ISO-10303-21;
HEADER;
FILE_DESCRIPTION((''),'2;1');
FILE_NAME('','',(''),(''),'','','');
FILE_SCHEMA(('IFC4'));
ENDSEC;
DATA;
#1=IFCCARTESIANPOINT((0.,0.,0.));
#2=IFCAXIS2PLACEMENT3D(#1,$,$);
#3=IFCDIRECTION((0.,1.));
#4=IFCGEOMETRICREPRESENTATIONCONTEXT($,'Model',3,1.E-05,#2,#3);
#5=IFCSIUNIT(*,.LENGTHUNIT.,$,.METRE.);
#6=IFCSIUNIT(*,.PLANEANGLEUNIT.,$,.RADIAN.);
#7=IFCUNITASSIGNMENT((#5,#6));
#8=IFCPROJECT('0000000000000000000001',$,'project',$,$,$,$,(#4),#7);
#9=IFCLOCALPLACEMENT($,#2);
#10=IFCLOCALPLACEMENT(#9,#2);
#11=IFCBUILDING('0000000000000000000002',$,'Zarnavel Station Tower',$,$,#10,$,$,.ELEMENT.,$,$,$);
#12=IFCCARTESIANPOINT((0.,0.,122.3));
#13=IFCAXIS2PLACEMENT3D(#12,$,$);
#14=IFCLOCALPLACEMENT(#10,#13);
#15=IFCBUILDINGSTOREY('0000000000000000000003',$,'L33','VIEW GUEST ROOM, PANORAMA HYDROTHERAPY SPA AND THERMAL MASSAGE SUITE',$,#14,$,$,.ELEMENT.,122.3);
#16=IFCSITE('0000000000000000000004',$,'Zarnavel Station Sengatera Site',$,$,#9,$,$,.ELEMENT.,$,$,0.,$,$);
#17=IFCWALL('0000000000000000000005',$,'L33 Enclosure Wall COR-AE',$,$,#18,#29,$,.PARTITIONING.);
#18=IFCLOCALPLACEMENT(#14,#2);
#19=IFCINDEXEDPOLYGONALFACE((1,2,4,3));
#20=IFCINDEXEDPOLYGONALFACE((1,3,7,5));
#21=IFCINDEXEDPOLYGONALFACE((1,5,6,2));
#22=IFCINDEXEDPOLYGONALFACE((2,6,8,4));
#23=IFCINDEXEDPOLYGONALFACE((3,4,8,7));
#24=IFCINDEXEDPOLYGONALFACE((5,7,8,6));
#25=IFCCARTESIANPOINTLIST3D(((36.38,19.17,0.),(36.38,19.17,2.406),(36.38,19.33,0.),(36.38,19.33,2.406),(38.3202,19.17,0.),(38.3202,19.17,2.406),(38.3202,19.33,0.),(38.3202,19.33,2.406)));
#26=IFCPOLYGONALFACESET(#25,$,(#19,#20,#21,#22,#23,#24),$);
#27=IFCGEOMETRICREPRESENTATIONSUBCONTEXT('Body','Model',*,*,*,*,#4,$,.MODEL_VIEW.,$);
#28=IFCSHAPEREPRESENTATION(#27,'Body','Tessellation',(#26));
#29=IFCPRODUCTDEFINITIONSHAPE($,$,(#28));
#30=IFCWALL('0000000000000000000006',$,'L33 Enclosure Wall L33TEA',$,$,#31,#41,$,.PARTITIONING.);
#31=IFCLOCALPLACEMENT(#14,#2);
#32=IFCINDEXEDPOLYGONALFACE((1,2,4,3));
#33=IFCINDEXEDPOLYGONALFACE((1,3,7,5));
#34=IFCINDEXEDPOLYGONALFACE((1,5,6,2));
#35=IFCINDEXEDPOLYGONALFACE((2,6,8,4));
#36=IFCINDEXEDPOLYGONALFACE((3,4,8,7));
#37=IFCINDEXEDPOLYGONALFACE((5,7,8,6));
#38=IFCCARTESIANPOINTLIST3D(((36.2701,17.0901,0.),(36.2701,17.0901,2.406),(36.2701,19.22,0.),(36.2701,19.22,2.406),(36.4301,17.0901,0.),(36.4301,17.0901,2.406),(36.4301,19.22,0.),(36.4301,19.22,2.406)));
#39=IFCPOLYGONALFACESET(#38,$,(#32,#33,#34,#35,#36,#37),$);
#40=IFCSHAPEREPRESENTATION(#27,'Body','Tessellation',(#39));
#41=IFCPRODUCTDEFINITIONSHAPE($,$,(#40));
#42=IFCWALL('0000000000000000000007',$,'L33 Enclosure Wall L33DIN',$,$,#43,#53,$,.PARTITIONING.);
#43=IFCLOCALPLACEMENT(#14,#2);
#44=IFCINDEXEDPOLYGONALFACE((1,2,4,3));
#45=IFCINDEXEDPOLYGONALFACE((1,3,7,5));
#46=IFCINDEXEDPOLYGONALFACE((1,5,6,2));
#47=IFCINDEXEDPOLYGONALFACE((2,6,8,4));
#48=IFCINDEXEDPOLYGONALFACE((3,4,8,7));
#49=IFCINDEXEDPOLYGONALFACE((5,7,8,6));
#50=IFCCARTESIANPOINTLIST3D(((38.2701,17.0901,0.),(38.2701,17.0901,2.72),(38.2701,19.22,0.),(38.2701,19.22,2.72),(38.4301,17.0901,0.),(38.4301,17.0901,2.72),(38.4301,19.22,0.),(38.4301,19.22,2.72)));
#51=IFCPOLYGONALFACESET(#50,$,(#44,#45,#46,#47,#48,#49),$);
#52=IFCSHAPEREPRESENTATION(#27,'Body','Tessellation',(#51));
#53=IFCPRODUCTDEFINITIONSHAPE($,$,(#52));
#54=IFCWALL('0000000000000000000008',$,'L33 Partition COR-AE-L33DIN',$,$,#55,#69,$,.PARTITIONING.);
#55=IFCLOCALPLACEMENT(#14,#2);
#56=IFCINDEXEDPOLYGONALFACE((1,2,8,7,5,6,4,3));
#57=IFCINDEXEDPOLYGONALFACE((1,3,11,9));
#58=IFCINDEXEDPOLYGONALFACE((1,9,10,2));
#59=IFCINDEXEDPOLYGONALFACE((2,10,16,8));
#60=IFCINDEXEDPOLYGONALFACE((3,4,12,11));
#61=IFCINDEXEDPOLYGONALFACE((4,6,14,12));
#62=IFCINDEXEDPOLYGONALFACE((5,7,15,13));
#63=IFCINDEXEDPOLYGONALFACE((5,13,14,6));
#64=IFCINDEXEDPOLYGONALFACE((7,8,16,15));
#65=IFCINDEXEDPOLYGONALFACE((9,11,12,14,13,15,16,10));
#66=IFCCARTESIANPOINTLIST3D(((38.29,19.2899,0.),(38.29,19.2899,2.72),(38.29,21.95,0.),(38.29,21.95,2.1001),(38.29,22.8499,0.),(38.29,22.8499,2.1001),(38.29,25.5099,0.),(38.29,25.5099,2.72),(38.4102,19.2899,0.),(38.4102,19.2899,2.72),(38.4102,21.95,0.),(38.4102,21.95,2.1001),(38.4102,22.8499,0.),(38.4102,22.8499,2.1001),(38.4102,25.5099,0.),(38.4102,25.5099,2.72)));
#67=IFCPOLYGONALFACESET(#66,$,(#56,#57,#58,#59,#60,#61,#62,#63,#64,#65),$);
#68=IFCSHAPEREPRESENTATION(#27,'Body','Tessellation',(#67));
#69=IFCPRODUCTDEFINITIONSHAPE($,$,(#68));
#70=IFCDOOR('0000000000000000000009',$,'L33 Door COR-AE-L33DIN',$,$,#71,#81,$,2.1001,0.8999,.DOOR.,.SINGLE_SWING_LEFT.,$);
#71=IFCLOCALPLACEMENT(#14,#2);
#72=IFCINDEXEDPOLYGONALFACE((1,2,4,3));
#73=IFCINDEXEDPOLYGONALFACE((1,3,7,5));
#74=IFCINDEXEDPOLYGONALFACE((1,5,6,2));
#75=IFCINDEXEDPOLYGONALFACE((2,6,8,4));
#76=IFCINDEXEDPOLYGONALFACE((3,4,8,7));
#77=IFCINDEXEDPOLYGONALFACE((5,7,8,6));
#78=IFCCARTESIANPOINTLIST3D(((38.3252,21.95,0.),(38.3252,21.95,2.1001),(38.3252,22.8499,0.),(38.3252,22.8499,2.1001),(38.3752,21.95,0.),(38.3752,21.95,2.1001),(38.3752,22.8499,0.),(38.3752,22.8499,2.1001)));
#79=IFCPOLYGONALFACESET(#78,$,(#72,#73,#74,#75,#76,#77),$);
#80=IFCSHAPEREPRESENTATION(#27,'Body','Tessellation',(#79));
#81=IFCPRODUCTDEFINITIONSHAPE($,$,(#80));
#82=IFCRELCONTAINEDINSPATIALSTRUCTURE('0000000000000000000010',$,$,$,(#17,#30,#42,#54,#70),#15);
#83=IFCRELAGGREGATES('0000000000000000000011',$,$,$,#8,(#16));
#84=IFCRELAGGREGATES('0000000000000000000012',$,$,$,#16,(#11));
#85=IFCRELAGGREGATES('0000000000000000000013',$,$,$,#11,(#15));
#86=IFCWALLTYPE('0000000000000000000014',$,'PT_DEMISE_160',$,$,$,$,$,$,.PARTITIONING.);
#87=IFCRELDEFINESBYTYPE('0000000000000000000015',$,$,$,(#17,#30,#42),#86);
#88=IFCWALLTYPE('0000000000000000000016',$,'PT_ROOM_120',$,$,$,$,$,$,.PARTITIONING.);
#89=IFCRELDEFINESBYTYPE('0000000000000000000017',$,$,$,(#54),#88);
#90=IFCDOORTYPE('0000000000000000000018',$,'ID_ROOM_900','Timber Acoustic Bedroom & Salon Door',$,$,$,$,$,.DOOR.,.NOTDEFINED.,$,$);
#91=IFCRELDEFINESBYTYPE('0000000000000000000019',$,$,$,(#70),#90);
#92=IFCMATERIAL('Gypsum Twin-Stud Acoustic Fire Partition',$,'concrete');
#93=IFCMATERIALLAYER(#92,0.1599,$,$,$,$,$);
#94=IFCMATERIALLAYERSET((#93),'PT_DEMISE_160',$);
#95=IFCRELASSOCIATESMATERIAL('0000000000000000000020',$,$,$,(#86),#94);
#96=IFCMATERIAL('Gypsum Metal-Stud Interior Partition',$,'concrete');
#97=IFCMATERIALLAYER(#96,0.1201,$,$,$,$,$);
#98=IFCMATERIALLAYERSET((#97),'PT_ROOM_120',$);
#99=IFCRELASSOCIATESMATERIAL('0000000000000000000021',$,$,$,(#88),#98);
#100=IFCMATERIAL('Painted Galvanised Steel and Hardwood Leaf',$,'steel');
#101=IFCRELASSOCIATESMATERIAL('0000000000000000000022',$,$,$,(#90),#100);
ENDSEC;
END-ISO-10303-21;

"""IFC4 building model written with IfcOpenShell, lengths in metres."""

from ifc_helpers import new_model, si_unit, direction, frame, frame_2d, origin, place, context, subcontext, project, spatial, rectangle, extrude, material, layer, layer_set, type_object, element, fill, save


model = new_model("IFC4")

# Units and contexts
model_context = context("Model", 3, precision=1e-05, world=origin(), true_north=direction((0.0, 1.0)))
body_context = subcontext(model_context, "Body", "Model", "MODEL_VIEW")
ifc_project = project(units=[si_unit("LENGTHUNIT", "METRE"), si_unit("PLANEANGLEUNIT", "RADIAN")], contexts=[model_context])

# Site, building, storey
site_placement = place(None, origin())
site = spatial("IfcSite", under=ifc_project, at=site_placement, Name="Zarnavel Station Sengatera Site", CompositionType="ELEMENT", RefElevation=0.0)
building_placement = place(site_placement, origin())
building = spatial("IfcBuilding", under=site, at=building_placement, Name="Zarnavel Station Tower", CompositionType="ELEMENT")
storey_placement = place(building_placement, frame((0.0, 0.0, 122.3)))
storey = spatial("IfcBuildingStorey", under=building, at=storey_placement, Name="L33", Description="VIEW GUEST ROOM, PANORAMA HYDROTHERAPY SPA AND THERMAL MASSAGE SUITE", CompositionType="ELEMENT", Elevation=122.3)

# Walls
ifc_material_1 = material(Name="Gypsum Twin-Stud Acoustic Fire Partition", Category="concrete")
ifc_layer_1 = layer(ifc_material_1, 0.1599)
ifc_layer_set_1 = layer_set([ifc_layer_1], Name="PT_DEMISE_160")
wall_type_1 = type_object("IfcWallType", Name="PT_DEMISE_160", PredefinedType="PARTITIONING", material=ifc_layer_set_1)
wall_1_placement = place(storey_placement, frame((36.3799, 19.25, 0.0), z_axis=(0.0, 0.0, 1.0), x_axis=(1.0, 0.0, 0.0)))
element("IfcWall", 1, at=wall_1_placement, inside=storey, type_object=wall_type_1, Name="L33 Enclosure Wall COR-AE", PredefinedType="PARTITIONING", context=body_context, shape_type="SweptSolid", body=[
    extrude(rectangle(XDim=1.9402, YDim=0.1599, at=frame_2d((0.9702, 0.0))), origin(), (0.0, 0.0, 1.0), 2.406),
])
wall_2_placement = place(storey_placement, frame((36.3501, 17.0901, 0.0), z_axis=(0.0, 0.0, 1.0), x_axis=(0.0, 1.0, 0.0)))
element("IfcWall", 2, at=wall_2_placement, inside=storey, type_object=wall_type_1, Name="L33 Enclosure Wall L33TEA", PredefinedType="PARTITIONING", context=body_context, shape_type="SweptSolid", body=[
    extrude(rectangle(XDim=2.1299, YDim=0.1599, at=frame_2d((1.0649, 0.0))), origin(), (0.0, 0.0, 1.0), 2.406),
])
wall_3_placement = place(storey_placement, frame((38.3501, 17.0901, 0.0), z_axis=(0.0, 0.0, 1.0), x_axis=(0.0, 1.0, 0.0)))
element("IfcWall", 3, at=wall_3_placement, inside=storey, type_object=wall_type_1, Name="L33 Enclosure Wall L33DIN", PredefinedType="PARTITIONING", context=body_context, shape_type="SweptSolid", body=[
    extrude(rectangle(XDim=2.1299, YDim=0.1599, at=frame_2d((1.0649, 0.0))), origin(), (0.0, 0.0, 1.0), 2.72),
])

# Wall, opening, door
ifc_material_2 = material(Name="Gypsum Metal-Stud Interior Partition", Category="concrete")
ifc_layer_2 = layer(ifc_material_2, 0.1201)
ifc_layer_set_2 = layer_set([ifc_layer_2], Name="PT_ROOM_120")
wall_type_2 = type_object("IfcWallType", Name="PT_ROOM_120", PredefinedType="PARTITIONING", material=ifc_layer_set_2)
wall_4_placement = place(storey_placement, frame((38.3501, 19.29, 0.0), z_axis=(0.0, 0.0, 1.0), x_axis=(0.0, 1.0, 0.0)))
wall_4 = element("IfcWall", 4, at=wall_4_placement, inside=storey, type_object=wall_type_2, Name="L33 Partition COR-AE-L33DIN", PredefinedType="PARTITIONING", context=body_context, shape_type="SweptSolid", body=[
    extrude(rectangle(XDim=6.22, YDim=0.1201, at=frame_2d((3.1099, 0.0))), origin(), (0.0, 0.0, 1.0), 2.72),
])
opening_placement = place(wall_4_placement, frame((2.6599, 0.0, 0.0)))
opening = element("IfcOpeningElement", 5, at=opening_placement, cuts=wall_4, PredefinedType="OPENING", context=body_context, shape_type="SweptSolid", body=[
    extrude(rectangle(XDim=0.8999, YDim=2.1001, at=frame_2d((0.45, 1.05))), frame((0.0, 0.0701, 0.0), z_axis=(0.0, -1.0, 0.0), x_axis=(1.0, 0.0, 0.0)), (0.0, 0.0, 1.0), 0.1401),
])
ifc_material_3 = material(Name="Painted Galvanised Steel and Hardwood Leaf", Category="steel")
door_type = type_object("IfcDoorType", Name="ID_ROOM_900", Description="Timber Acoustic Bedroom & Salon Door", OperationType="NOTDEFINED", PredefinedType="DOOR", material=ifc_material_3)
door_placement = place(opening_placement, origin())
door = element("IfcDoor", 6, at=door_placement, inside=storey, type_object=door_type, Name="L33 Door COR-AE-L33DIN", OperationType="SINGLE_SWING_LEFT", OverallHeight=2.1001, OverallWidth=0.8999, PredefinedType="DOOR", context=body_context, shape_type="SweptSolid", body=[
    extrude(rectangle(XDim=0.8999, YDim=2.1001, at=frame_2d((0.45, 1.05))), frame((0.0, 0.0249, 0.0), z_axis=(0.0, -1.0, 0.0), x_axis=(1.0, 0.0, 0.0)), (0.0, 0.0, 1.0), 0.05),
])
fill(opening, door)

save(model, "model.ifc")
